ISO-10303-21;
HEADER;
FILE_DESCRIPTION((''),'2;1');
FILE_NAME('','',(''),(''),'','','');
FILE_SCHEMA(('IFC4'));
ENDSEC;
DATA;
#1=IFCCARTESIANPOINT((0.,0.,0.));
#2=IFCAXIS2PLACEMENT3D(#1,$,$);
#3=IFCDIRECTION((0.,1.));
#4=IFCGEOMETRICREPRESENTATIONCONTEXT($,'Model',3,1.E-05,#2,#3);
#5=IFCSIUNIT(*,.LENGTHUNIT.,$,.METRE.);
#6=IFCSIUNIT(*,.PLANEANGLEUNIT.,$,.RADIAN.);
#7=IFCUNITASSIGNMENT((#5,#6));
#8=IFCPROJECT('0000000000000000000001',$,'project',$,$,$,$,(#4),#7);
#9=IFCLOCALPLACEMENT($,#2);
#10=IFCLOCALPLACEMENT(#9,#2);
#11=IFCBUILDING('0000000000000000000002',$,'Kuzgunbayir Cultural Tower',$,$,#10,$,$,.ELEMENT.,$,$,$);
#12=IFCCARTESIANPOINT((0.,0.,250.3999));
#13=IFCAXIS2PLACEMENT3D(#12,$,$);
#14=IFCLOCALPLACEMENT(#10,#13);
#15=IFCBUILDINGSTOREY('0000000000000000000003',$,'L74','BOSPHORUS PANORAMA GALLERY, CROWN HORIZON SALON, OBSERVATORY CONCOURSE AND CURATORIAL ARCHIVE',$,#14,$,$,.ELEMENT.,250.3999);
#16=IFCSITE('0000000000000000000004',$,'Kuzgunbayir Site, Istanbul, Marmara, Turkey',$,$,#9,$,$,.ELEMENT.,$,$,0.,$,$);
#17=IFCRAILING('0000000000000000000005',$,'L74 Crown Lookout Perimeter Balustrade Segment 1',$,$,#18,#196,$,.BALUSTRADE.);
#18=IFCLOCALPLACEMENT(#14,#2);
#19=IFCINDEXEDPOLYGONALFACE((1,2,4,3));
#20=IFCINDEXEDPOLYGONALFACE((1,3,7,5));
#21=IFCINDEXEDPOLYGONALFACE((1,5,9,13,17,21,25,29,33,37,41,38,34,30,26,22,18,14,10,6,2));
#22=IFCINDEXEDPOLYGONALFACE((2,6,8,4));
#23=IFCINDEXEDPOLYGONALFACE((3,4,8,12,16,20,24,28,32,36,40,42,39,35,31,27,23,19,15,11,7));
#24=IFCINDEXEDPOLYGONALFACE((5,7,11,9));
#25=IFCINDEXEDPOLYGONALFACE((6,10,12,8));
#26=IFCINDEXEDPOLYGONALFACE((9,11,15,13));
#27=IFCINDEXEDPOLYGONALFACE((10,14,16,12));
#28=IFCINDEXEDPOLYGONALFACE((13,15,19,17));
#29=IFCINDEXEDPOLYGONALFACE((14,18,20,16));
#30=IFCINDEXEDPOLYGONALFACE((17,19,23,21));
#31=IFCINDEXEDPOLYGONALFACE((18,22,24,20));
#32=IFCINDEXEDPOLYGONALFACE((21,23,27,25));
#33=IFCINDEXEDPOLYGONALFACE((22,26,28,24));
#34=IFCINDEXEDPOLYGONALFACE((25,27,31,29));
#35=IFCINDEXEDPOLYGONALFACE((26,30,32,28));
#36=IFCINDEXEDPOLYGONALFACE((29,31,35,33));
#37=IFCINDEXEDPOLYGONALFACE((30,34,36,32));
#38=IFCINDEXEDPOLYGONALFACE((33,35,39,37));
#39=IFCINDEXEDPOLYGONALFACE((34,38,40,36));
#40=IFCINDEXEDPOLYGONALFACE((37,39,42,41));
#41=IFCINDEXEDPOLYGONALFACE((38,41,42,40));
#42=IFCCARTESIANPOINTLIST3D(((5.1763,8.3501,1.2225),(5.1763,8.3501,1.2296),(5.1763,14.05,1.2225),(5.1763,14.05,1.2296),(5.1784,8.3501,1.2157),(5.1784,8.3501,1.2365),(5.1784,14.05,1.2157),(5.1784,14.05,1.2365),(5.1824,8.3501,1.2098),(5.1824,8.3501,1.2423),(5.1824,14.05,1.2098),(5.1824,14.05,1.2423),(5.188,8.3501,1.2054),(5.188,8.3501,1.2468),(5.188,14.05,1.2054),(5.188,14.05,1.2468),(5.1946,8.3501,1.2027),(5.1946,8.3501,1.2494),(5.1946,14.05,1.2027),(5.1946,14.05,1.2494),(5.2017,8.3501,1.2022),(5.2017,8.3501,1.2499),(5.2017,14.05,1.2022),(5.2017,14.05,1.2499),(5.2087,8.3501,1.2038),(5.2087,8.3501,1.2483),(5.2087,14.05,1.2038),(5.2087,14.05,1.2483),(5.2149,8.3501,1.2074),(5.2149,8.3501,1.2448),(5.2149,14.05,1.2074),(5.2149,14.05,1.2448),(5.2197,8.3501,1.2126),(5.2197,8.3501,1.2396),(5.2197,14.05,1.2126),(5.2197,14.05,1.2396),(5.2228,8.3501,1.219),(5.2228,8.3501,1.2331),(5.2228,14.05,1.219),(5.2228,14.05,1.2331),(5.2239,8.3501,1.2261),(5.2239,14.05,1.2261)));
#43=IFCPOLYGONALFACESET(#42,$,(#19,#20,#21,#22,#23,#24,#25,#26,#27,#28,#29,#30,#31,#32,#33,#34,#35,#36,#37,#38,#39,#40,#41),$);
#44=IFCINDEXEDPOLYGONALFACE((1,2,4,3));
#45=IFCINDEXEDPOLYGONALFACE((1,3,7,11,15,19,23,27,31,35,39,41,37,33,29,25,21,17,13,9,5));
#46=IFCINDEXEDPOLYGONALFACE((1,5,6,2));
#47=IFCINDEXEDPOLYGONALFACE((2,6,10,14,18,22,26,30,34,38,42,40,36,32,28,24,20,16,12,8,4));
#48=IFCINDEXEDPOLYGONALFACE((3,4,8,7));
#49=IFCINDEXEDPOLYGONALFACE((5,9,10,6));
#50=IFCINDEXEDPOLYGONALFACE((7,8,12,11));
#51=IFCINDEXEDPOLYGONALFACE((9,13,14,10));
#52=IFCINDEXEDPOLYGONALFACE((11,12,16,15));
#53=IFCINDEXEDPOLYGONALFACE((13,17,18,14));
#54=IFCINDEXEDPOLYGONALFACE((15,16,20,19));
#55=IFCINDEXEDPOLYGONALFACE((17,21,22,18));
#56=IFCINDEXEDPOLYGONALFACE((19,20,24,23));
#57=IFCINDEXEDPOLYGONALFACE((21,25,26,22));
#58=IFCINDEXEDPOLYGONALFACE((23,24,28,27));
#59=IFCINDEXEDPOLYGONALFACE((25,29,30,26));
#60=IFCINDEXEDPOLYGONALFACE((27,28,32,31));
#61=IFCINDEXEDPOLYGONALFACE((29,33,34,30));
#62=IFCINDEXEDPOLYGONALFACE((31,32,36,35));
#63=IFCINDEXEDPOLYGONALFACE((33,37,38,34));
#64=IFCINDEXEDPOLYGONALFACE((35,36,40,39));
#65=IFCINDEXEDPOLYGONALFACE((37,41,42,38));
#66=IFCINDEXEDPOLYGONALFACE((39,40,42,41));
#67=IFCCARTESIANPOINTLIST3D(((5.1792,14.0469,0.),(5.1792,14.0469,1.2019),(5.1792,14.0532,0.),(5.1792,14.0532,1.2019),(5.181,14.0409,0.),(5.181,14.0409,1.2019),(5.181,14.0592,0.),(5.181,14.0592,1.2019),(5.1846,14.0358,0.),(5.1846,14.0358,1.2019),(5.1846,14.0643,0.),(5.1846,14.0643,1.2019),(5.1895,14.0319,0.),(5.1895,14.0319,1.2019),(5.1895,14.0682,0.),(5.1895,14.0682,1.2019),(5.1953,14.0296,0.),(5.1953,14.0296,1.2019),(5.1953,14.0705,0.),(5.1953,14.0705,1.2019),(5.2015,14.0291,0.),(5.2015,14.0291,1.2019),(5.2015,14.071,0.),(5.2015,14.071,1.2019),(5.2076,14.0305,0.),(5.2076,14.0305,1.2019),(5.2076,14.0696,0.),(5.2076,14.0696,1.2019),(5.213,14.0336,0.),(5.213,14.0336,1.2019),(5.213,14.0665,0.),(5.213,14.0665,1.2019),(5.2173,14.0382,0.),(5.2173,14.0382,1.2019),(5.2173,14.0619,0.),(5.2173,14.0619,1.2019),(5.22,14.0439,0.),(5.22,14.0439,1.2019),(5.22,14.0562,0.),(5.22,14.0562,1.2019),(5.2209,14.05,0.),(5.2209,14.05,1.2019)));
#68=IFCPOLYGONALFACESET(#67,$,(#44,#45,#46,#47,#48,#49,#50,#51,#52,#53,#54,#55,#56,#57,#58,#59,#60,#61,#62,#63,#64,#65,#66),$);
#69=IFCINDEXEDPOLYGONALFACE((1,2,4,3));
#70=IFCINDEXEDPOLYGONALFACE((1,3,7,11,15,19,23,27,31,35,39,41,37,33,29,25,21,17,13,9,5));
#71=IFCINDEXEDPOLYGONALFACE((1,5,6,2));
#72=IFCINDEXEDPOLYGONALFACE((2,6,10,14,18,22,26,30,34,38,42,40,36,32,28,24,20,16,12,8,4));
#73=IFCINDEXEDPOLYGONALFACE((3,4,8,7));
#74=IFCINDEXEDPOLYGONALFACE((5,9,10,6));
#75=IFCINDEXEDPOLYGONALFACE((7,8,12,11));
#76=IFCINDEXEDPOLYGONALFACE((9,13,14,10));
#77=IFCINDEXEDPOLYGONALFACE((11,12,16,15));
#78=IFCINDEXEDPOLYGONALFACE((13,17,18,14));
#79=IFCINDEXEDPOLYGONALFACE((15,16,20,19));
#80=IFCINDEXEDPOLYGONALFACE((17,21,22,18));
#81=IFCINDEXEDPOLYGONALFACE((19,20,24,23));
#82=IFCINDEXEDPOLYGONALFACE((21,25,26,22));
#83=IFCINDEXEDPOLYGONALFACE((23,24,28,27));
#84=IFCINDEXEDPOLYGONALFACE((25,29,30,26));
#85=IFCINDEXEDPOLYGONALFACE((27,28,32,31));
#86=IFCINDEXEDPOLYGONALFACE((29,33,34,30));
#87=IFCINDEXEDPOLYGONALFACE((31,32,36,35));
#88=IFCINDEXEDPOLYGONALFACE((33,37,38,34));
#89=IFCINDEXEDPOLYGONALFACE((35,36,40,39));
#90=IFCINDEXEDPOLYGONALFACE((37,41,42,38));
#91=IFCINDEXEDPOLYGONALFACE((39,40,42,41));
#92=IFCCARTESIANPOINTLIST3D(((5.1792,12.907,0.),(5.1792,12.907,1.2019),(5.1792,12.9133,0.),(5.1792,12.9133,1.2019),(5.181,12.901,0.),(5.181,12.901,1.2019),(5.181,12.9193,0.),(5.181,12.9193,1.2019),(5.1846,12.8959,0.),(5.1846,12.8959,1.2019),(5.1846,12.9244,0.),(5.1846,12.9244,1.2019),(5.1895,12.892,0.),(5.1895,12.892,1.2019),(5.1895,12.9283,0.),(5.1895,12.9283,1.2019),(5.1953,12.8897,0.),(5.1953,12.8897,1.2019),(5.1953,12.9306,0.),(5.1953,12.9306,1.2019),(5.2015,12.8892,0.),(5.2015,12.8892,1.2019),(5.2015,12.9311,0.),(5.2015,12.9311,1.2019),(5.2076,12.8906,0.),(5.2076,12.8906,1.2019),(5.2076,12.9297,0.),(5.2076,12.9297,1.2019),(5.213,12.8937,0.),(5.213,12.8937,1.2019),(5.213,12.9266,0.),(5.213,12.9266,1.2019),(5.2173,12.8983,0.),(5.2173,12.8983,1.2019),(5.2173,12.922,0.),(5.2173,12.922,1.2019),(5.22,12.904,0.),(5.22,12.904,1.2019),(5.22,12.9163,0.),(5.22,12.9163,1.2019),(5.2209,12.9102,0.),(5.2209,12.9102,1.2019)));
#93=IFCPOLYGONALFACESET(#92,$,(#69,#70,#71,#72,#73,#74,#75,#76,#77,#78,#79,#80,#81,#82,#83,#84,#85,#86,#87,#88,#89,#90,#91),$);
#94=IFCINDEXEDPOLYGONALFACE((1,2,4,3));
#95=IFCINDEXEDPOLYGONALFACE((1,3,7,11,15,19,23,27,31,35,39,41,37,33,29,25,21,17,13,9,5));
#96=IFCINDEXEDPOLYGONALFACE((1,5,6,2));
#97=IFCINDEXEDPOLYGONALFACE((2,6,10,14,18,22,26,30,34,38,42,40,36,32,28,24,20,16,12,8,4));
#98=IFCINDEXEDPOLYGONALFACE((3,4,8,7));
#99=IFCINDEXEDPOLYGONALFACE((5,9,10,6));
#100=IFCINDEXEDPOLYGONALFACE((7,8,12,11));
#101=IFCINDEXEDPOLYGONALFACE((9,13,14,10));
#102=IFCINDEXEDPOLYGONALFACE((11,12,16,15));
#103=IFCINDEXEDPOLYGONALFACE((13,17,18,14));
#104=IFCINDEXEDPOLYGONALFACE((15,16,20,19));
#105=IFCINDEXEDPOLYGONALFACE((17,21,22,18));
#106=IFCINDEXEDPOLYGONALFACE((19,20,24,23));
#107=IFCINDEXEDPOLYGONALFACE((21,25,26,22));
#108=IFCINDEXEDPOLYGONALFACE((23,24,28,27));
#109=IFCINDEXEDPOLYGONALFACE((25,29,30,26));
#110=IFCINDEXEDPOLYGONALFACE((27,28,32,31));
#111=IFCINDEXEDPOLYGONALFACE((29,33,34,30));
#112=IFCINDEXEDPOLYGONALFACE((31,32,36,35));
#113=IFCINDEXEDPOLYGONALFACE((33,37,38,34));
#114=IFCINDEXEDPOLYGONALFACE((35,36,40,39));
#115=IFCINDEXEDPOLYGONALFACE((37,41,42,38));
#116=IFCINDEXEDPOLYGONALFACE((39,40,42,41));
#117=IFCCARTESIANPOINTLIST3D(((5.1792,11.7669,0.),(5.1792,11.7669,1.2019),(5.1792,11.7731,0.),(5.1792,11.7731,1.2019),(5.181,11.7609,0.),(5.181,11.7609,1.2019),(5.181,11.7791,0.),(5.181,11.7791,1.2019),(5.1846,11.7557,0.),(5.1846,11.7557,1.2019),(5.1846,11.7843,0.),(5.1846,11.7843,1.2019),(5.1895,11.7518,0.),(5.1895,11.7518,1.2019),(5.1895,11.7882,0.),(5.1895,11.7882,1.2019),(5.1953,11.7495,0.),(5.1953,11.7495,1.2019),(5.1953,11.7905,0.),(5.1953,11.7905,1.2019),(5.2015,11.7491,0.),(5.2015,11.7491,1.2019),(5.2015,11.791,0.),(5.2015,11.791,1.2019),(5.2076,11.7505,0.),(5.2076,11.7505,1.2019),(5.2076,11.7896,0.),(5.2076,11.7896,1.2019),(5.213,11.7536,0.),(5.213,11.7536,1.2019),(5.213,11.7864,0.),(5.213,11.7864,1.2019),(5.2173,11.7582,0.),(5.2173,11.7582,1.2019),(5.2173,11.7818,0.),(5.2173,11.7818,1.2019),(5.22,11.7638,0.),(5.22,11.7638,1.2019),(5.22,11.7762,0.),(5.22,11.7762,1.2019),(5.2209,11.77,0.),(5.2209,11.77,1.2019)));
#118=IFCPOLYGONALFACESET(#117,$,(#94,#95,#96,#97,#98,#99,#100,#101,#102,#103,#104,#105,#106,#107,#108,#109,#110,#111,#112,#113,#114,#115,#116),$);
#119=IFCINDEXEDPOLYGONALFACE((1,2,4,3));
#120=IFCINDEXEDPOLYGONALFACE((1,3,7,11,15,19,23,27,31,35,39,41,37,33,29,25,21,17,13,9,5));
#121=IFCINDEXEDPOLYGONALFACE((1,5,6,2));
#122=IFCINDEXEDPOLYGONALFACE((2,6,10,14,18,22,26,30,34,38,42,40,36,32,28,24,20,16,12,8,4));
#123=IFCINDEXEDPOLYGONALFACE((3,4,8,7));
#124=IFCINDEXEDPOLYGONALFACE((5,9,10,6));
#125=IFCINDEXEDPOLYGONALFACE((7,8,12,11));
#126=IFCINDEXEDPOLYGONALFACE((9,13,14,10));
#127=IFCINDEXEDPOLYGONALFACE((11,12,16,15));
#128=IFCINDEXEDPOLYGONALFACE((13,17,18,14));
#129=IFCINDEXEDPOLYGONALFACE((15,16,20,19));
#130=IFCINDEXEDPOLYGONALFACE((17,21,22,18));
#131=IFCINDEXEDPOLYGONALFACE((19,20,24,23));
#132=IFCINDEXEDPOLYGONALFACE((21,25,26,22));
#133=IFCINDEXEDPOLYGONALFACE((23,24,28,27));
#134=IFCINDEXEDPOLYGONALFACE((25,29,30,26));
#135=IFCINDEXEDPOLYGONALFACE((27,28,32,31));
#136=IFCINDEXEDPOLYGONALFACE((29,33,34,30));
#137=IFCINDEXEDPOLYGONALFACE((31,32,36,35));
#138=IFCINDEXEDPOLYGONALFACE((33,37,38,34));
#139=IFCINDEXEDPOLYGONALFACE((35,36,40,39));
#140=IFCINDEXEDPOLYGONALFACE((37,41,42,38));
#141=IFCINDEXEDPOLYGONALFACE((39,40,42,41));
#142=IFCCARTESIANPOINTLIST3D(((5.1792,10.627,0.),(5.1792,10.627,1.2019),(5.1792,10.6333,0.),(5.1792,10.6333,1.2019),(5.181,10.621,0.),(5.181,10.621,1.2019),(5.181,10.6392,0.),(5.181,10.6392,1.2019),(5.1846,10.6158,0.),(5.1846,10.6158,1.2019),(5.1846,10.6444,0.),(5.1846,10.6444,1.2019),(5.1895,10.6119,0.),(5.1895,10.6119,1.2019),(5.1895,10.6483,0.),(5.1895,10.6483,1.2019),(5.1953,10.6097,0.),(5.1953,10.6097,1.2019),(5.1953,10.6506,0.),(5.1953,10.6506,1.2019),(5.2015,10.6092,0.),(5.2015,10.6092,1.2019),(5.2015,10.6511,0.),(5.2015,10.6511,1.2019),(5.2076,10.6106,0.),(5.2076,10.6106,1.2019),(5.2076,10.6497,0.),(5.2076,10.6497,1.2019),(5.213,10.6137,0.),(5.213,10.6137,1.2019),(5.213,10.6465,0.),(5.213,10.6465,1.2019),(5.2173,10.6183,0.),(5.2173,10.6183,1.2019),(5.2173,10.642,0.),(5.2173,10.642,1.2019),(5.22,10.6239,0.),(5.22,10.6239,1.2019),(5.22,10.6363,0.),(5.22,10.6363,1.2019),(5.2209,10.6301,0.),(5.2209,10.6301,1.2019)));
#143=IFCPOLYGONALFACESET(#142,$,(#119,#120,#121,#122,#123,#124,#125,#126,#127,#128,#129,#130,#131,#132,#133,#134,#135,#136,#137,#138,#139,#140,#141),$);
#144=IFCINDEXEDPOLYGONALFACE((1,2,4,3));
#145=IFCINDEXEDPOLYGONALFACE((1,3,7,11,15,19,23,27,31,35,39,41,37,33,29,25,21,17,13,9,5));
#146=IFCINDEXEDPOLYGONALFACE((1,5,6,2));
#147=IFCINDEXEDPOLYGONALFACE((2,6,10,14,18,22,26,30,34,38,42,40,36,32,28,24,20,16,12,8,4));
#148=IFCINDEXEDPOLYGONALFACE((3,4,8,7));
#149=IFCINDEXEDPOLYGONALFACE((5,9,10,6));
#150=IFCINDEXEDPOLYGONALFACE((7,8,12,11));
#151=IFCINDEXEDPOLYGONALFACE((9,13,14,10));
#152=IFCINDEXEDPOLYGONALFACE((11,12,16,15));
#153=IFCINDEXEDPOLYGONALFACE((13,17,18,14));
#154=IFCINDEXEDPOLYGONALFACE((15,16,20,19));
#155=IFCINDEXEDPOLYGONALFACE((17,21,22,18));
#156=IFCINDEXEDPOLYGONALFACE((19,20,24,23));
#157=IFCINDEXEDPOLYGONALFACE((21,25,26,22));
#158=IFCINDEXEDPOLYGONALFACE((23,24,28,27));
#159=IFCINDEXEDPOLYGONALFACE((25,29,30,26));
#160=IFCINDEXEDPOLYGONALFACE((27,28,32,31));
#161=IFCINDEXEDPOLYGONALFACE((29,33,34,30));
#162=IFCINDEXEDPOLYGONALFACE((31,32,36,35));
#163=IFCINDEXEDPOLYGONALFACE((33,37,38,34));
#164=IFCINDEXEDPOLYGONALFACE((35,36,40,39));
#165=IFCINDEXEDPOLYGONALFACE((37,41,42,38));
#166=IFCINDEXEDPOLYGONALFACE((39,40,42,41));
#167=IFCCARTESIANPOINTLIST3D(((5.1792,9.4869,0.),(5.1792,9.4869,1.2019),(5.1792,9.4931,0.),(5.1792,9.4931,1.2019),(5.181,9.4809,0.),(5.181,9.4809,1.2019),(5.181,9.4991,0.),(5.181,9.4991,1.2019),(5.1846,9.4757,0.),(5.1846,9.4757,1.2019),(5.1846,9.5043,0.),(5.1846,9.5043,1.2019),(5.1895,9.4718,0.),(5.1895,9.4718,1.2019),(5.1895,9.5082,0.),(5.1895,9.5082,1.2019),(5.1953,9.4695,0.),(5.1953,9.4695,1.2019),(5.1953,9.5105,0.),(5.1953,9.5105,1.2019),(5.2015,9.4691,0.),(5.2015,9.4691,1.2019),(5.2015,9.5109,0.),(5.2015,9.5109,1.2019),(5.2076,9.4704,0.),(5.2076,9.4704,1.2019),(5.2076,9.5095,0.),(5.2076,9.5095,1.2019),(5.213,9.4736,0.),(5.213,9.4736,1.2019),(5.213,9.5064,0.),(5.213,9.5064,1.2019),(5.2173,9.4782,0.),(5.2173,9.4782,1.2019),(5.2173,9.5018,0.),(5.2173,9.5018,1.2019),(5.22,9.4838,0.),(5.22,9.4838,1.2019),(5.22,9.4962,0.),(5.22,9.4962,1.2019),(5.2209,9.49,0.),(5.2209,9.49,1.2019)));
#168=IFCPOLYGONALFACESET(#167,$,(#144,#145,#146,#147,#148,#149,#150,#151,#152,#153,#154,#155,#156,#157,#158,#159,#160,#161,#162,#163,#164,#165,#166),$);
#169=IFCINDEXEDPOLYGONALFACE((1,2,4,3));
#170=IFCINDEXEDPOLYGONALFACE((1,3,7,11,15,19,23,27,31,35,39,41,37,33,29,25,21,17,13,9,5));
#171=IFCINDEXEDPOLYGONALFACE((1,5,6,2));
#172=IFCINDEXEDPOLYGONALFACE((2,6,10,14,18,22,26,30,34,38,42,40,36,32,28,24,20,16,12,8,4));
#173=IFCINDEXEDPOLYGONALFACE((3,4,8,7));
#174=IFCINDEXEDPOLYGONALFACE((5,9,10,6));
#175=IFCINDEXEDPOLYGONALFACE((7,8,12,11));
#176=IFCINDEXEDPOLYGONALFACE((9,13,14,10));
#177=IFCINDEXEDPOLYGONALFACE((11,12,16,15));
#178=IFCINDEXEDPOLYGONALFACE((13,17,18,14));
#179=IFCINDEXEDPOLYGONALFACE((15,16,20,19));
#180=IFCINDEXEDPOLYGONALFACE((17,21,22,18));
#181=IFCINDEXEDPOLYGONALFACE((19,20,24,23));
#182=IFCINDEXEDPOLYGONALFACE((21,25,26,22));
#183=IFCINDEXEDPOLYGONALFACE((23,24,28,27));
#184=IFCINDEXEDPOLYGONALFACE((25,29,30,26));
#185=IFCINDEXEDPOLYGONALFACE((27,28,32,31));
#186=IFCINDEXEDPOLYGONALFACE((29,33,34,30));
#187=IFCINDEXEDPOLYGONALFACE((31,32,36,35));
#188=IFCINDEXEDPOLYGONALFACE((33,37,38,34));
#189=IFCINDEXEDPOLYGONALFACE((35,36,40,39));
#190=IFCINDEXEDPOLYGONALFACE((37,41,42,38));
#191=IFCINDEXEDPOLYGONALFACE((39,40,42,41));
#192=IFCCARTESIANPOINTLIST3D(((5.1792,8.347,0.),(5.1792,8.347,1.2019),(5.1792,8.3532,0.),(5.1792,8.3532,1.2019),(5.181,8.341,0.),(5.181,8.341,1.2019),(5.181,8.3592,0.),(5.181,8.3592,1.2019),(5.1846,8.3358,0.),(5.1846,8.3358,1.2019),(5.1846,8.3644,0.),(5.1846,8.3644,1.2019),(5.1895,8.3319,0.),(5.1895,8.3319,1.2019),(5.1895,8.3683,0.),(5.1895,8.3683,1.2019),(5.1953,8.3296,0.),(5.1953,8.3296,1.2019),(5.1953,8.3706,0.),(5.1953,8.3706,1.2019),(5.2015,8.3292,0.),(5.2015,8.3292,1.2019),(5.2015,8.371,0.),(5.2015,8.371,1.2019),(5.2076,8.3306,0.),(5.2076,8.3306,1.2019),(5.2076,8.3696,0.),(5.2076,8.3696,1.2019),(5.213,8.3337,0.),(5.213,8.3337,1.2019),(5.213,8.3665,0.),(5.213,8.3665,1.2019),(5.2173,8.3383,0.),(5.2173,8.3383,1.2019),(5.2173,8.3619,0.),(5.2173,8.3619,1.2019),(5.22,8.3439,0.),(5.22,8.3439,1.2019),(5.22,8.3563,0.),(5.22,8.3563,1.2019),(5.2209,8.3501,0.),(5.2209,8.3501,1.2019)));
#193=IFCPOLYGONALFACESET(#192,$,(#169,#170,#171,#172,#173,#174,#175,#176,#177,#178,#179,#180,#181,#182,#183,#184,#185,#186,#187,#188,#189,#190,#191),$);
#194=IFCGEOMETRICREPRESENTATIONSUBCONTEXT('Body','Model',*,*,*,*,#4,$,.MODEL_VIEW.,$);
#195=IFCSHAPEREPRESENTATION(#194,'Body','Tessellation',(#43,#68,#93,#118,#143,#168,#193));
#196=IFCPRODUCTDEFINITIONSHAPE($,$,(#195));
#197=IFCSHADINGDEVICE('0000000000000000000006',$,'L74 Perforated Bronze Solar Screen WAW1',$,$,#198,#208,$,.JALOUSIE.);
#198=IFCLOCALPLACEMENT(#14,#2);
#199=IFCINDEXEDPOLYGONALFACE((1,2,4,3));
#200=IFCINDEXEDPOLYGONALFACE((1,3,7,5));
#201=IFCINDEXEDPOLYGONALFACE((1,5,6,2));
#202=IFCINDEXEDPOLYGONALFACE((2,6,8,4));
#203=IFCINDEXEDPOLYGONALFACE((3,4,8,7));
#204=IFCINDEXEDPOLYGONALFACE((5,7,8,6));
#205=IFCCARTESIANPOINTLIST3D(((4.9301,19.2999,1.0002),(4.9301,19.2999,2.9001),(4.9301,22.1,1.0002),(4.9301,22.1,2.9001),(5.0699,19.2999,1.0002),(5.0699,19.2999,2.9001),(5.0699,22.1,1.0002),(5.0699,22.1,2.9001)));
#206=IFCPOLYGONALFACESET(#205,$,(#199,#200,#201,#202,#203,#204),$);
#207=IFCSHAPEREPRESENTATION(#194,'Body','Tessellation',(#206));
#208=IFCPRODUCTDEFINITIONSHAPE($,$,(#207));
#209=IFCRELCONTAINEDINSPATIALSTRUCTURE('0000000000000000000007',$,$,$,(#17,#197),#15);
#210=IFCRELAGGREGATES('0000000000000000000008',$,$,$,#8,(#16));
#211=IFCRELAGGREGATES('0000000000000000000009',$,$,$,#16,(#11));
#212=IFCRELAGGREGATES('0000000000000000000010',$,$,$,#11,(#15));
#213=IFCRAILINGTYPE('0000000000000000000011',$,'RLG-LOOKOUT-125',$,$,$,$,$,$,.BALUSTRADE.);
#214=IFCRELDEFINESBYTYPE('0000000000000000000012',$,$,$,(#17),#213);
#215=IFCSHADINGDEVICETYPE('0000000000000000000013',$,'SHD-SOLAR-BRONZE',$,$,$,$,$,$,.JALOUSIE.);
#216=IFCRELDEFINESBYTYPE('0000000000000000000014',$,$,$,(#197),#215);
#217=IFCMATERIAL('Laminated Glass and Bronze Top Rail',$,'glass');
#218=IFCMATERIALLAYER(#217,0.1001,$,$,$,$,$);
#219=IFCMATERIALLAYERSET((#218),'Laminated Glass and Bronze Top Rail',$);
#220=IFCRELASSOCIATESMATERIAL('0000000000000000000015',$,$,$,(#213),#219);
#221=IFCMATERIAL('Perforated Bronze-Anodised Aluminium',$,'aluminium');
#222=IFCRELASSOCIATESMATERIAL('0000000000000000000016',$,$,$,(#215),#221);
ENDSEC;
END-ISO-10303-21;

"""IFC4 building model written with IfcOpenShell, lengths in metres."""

from ifc_helpers import new_model, si_unit, direction, frame, origin, origin_2d, place, context, subcontext, project, spatial, rectangle, circle, extrude, material, layer, layer_set, type_object, element, save


model = new_model("IFC4")

# Units and contexts
model_context = context("Model", 3, precision=1e-05, world=origin(), true_north=direction((0.0, 1.0)))
body_context = subcontext(model_context, "Body", "Model", "MODEL_VIEW")
ifc_project = project(units=[si_unit("LENGTHUNIT", "METRE"), si_unit("PLANEANGLEUNIT", "RADIAN")], contexts=[model_context])

# Site, building, storey
site_placement = place(None, origin())
site = spatial("IfcSite", under=ifc_project, at=site_placement, Name="Kuzgunbayir Site, Istanbul, Marmara, Turkey", CompositionType="ELEMENT", RefElevation=0.0)
building_placement = place(site_placement, origin())
building = spatial("IfcBuilding", under=site, at=building_placement, Name="Kuzgunbayir Cultural Tower", CompositionType="ELEMENT")
storey_placement = place(building_placement, frame((0.0, 0.0, 250.3999)))
storey = spatial("IfcBuildingStorey", under=building, at=storey_placement, Name="L74", Description="BOSPHORUS PANORAMA GALLERY, CROWN HORIZON SALON, OBSERVATORY CONCOURSE AND CURATORIAL ARCHIVE", CompositionType="ELEMENT", Elevation=250.3999)

# Railing
ifc_material_1 = material(Name="Laminated Glass and Bronze Top Rail", Category="glass")
ifc_layer_1 = layer(ifc_material_1, 0.1001)
ifc_layer_set_1 = layer_set([ifc_layer_1], Name="Laminated Glass and Bronze Top Rail")
railing_type = type_object("IfcRailingType", Name="RLG-LOOKOUT-125", PredefinedType="BALUSTRADE", material=ifc_layer_set_1)
railing_1_placement = place(storey_placement, frame((5.2, 14.05, 0.0)))
element("IfcRailing", 1, at=railing_1_placement, inside=storey, type_object=railing_type, Name="L74 Crown Lookout Perimeter Balustrade Segment 1", PredefinedType="BALUSTRADE", context=body_context, shape_type="SweptSolid", body=[
    extrude(circle(Radius=0.0239, at=origin_2d()), frame((0.0, 0.0, 1.2261), z_axis=(0.0, -1.0, 0.0), x_axis=(1.0, 0.0, 0.0)), (0.0, 0.0, 1.0), 5.7),
    extrude(circle(Radius=0.021, at=origin_2d()), origin(), (0.0, 0.0, 1.0), 1.2019),
    extrude(circle(Radius=0.021, at=origin_2d()), frame((0.0, -1.1399, 0.0)), (0.0, 0.0, 1.0), 1.2019),
    extrude(circle(Radius=0.021, at=origin_2d()), frame((0.0, -2.28, 0.0)), (0.0, 0.0, 1.0), 1.2019),
    extrude(circle(Radius=0.021, at=origin_2d()), frame((0.0, -3.4199, 0.0)), (0.0, 0.0, 1.0), 1.2019),
    extrude(circle(Radius=0.021, at=origin_2d()), frame((0.0, -4.5601, 0.0)), (0.0, 0.0, 1.0), 1.2019),
    extrude(circle(Radius=0.021, at=origin_2d()), frame((0.0, -5.7, 0.0)), (0.0, 0.0, 1.0), 1.2019),
])

# Shading device
ifc_material_2 = material(Name="Perforated Bronze-Anodised Aluminium", Category="aluminium")
shading_device_type = type_object("IfcShadingDeviceType", Name="SHD-SOLAR-BRONZE", PredefinedType="JALOUSIE", material=ifc_material_2)
shading_device_placement = place(storey_placement, frame((5.0, 20.7, 1.0002), z_axis=(0.0, 0.0, 1.0), x_axis=(1.0, 0.0, 0.0)))
element("IfcShadingDevice", 2, at=shading_device_placement, inside=storey, type_object=shading_device_type, Name="L74 Perforated Bronze Solar Screen WAW1", PredefinedType="JALOUSIE", context=body_context, shape_type="SweptSolid", body=[
    extrude(rectangle(XDim=0.1399, YDim=2.8, at=origin_2d()), origin(), (0.0, 0.0, 1.0), 1.8999),
])

save(model, "model.ifc")
